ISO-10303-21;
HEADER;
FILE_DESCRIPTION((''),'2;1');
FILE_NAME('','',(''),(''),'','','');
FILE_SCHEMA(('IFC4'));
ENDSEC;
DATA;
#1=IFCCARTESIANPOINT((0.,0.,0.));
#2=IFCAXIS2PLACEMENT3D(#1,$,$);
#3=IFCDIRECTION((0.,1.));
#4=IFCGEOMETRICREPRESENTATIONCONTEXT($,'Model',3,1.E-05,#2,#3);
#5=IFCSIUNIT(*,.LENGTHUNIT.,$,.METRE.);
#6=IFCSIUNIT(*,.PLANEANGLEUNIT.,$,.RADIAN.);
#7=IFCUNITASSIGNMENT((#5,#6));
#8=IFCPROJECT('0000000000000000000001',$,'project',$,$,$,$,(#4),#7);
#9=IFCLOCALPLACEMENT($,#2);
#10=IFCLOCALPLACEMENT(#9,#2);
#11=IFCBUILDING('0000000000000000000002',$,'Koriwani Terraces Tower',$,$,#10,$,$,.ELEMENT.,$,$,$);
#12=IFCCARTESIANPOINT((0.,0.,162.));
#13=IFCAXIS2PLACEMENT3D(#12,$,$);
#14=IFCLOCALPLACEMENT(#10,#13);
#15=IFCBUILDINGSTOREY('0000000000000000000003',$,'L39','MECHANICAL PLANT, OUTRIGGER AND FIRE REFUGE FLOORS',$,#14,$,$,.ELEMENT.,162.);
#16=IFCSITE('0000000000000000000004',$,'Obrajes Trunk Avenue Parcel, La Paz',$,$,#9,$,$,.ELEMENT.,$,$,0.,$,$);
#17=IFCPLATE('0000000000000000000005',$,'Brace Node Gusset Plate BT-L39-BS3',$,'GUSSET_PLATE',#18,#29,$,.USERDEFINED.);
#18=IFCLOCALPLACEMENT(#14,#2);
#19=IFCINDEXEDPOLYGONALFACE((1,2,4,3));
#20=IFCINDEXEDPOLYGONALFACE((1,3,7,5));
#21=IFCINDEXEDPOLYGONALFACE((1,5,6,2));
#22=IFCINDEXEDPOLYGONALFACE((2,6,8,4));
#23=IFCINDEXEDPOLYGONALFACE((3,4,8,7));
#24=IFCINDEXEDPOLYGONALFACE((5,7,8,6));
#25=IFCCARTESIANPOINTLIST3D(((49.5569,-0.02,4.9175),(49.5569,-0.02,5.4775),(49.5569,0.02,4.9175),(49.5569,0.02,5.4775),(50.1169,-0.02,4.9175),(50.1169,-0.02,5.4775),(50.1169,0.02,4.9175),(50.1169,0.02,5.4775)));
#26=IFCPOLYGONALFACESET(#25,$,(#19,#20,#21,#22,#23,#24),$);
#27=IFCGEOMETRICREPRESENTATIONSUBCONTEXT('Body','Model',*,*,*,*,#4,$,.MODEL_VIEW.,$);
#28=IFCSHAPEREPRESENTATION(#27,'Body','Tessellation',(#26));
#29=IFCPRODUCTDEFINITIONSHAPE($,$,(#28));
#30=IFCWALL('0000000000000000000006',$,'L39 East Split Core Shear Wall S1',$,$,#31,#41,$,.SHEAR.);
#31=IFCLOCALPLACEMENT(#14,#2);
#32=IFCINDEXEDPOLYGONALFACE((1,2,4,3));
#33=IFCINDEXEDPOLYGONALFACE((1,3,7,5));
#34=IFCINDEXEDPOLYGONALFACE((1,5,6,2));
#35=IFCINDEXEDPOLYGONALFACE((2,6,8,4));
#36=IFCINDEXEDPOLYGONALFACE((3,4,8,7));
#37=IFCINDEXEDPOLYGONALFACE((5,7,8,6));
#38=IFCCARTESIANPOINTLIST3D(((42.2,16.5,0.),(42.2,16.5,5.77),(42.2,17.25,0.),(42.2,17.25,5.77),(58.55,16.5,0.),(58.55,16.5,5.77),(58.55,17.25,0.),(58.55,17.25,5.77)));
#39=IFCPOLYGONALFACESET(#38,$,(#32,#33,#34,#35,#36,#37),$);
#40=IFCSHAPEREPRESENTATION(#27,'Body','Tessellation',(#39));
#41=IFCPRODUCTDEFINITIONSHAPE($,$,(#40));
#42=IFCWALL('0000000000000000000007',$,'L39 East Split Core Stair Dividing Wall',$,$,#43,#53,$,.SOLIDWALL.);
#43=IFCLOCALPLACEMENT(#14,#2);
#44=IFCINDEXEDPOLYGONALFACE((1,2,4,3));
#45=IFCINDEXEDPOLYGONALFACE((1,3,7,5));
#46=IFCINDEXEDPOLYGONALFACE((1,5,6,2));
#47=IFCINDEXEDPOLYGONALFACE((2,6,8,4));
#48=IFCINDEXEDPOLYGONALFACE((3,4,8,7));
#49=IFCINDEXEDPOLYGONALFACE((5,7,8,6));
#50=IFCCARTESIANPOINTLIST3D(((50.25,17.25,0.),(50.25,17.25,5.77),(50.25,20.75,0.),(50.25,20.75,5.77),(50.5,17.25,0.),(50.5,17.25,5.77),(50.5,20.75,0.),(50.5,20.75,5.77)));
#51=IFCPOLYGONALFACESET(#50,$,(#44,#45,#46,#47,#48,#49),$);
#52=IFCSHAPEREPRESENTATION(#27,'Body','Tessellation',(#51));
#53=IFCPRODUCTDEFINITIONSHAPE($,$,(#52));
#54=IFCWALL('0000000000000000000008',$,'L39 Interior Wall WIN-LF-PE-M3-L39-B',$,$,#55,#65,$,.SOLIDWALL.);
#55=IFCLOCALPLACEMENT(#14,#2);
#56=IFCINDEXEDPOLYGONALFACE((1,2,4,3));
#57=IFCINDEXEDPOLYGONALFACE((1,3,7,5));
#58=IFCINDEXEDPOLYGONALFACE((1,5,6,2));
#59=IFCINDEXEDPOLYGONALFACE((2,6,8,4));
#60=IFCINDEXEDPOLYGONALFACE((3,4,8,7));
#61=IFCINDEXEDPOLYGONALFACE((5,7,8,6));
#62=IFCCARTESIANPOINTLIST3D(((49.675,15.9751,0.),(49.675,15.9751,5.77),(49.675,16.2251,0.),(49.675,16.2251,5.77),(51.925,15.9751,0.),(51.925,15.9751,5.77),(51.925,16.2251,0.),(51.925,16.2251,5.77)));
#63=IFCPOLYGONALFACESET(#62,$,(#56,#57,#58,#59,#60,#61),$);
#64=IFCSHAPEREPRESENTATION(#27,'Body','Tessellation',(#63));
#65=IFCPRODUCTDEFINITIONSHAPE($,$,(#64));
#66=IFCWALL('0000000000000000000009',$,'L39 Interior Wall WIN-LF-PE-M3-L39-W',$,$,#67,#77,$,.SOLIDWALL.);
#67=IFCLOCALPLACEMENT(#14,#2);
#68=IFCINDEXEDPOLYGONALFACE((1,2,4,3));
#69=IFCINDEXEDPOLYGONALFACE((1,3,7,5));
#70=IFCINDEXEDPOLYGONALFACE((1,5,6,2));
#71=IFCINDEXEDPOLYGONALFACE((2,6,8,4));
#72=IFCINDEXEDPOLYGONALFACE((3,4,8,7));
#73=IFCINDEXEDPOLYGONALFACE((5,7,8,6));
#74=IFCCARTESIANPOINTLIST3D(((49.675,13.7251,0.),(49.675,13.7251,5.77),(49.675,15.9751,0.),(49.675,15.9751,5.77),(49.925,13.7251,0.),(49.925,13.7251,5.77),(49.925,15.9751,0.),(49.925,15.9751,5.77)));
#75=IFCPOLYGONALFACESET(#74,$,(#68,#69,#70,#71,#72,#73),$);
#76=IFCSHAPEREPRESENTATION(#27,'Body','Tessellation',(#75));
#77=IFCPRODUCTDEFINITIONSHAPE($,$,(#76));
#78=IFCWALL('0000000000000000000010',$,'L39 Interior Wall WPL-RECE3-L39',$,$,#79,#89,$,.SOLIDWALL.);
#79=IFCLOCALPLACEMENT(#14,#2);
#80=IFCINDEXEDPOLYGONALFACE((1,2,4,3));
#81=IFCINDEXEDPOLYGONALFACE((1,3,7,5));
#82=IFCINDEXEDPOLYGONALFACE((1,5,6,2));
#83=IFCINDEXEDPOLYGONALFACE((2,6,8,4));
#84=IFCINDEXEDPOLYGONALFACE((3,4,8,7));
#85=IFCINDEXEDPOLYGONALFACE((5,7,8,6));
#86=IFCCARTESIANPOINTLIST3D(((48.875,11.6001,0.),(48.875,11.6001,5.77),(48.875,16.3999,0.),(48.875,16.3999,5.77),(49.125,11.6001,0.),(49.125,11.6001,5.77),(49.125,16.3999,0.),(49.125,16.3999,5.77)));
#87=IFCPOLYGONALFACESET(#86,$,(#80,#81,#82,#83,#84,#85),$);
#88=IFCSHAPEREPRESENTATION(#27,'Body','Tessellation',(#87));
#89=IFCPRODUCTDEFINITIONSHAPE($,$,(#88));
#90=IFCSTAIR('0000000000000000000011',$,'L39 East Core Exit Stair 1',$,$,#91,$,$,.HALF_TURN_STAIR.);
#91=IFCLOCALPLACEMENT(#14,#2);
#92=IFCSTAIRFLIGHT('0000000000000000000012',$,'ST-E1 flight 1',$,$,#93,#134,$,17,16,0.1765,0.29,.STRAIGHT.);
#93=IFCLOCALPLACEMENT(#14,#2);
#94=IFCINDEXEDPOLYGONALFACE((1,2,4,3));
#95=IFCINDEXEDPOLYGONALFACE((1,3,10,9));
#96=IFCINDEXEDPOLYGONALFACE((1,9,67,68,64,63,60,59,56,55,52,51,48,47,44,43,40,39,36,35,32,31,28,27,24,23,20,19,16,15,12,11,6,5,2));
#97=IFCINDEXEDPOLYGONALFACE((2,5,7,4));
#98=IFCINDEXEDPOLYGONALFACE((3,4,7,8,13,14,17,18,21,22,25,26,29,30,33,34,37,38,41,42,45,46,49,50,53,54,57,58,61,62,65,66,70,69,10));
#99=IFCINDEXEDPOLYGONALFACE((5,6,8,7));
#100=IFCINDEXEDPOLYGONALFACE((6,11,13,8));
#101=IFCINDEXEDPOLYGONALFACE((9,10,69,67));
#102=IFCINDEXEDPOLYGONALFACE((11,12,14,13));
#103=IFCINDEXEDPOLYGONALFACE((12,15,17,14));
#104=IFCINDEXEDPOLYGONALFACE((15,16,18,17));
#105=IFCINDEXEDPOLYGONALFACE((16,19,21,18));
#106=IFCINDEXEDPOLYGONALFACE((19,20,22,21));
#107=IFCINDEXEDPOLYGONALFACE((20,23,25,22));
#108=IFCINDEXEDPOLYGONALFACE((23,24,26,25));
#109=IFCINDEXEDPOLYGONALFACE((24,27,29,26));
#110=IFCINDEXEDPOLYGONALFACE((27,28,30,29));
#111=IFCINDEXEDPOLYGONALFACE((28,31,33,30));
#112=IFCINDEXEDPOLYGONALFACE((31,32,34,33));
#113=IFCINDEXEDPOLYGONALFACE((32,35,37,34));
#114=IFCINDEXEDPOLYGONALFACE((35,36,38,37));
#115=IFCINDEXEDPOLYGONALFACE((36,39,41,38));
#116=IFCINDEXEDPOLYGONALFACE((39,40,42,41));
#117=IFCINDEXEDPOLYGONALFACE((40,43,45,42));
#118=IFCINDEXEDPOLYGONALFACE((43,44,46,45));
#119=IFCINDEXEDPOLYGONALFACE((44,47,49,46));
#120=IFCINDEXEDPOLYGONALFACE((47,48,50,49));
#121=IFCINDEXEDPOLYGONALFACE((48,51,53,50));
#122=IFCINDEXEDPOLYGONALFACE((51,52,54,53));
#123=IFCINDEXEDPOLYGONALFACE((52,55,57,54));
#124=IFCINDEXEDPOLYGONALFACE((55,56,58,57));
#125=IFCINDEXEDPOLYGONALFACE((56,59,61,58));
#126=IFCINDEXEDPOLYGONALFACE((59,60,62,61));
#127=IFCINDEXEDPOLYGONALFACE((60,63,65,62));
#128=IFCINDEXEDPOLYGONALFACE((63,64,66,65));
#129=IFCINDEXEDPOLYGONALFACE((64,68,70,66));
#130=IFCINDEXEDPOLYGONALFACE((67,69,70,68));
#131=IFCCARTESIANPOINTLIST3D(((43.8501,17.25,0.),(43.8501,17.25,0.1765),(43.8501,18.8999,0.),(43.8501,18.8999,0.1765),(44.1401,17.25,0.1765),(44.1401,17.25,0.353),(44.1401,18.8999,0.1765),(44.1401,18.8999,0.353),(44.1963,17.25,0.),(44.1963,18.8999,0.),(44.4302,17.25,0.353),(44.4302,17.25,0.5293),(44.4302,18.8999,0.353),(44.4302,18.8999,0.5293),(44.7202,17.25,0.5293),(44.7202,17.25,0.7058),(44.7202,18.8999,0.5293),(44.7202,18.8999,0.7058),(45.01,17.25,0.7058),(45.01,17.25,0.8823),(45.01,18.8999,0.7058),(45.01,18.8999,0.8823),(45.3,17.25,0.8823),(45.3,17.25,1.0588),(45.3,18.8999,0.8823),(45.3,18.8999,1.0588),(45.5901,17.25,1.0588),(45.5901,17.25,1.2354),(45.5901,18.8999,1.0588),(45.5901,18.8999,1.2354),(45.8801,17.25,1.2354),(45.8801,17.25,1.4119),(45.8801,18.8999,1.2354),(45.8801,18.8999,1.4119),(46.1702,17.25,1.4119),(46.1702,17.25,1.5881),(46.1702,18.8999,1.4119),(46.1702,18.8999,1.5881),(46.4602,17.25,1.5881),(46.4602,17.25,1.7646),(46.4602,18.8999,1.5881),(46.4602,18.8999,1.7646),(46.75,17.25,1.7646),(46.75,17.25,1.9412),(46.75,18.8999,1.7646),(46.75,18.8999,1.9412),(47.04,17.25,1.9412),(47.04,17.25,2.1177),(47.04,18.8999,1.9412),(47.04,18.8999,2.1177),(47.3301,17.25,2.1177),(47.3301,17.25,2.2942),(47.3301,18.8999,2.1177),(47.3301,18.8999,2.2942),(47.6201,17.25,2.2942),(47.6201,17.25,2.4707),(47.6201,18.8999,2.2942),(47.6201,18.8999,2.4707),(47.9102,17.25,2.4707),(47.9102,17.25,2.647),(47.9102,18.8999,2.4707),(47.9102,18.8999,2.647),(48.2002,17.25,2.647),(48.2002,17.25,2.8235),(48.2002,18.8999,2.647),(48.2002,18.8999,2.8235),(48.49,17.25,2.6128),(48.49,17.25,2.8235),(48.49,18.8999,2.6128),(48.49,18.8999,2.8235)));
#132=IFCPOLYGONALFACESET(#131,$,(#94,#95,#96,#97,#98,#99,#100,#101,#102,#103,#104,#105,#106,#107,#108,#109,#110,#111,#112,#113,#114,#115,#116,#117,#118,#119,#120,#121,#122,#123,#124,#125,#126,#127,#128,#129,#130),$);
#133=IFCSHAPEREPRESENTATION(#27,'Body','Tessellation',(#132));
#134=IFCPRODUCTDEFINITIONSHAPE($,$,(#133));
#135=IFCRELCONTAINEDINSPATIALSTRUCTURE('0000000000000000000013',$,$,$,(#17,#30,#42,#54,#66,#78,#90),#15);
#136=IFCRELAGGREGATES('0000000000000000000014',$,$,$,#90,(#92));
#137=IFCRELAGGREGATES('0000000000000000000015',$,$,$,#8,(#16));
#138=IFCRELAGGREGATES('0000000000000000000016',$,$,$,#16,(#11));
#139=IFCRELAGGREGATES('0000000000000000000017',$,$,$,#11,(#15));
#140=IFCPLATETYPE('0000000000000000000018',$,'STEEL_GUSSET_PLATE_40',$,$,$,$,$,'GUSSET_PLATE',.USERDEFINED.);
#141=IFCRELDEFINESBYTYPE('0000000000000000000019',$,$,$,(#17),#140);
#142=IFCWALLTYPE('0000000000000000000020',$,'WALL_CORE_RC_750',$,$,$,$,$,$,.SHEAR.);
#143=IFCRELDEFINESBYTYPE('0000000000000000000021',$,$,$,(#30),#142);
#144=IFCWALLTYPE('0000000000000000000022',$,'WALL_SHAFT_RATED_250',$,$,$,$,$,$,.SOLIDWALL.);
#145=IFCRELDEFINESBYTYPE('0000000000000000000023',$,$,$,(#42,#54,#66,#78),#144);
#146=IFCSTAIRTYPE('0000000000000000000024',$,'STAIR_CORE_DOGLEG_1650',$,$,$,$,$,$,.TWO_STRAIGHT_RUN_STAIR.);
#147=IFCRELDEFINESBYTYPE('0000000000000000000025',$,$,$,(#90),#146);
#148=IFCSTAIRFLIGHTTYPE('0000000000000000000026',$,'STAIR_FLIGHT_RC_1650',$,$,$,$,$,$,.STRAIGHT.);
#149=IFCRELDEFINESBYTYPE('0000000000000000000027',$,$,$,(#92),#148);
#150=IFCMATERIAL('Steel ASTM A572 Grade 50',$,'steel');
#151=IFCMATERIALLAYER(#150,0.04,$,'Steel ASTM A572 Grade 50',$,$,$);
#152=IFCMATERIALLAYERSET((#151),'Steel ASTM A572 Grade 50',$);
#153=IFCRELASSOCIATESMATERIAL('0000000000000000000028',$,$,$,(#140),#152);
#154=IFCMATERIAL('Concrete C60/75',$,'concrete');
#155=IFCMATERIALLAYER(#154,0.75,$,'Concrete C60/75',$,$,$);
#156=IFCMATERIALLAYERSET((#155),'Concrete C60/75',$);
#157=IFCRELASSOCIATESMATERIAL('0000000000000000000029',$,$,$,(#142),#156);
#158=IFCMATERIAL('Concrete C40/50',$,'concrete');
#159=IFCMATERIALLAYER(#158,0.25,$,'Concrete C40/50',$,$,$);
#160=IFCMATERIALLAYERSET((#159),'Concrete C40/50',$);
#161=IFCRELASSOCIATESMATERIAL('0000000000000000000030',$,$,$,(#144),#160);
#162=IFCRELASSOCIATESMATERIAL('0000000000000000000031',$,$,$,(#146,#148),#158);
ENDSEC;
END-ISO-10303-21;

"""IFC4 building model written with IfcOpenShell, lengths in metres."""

from ifc_helpers import new_model, si_unit, direction, frame, frame_2d, origin, origin_2d, place, context, subcontext, project, spatial, polyline, rectangle, outline, extrude, material, layer, layer_set, type_object, element, aggregate, save


model = new_model("IFC4")

# Units and contexts
model_context = context("Model", 3, precision=1e-05, world=origin(), true_north=direction((0.0, 1.0)))
body_context = subcontext(model_context, "Body", "Model", "MODEL_VIEW")
ifc_project = project(units=[si_unit("LENGTHUNIT", "METRE"), si_unit("PLANEANGLEUNIT", "RADIAN")], contexts=[model_context])

# Site, building, storey
site_placement = place(None, origin())
site = spatial("IfcSite", under=ifc_project, at=site_placement, Name="Obrajes Trunk Avenue Parcel, La Paz", CompositionType="ELEMENT", RefElevation=0.0)
building_placement = place(site_placement, origin())
building = spatial("IfcBuilding", under=site, at=building_placement, Name="Koriwani Terraces Tower", CompositionType="ELEMENT")
storey_placement = place(building_placement, frame((0.0, 0.0, 162.0)))
storey = spatial("IfcBuildingStorey", under=building, at=storey_placement, Name="L39", Description="MECHANICAL PLANT, OUTRIGGER AND FIRE REFUGE FLOORS", CompositionType="ELEMENT", Elevation=162.0)

# Shared definitions
ifc_material_1 = material(Name="Concrete C40/50", Category="concrete")

# Shared definitions
ifc_material_2 = material(Name="Steel ASTM A572 Grade 50", Category="steel")

# Plate
ifc_layer_1 = layer(ifc_material_2, 0.04, Name="Steel ASTM A572 Grade 50")
ifc_layer_set_1 = layer_set([ifc_layer_1], Name="Steel ASTM A572 Grade 50")
plate_type_1 = type_object("IfcPlateType", Name="STEEL_GUSSET_PLATE_40", ElementType="GUSSET_PLATE", PredefinedType="USERDEFINED", material=ifc_layer_set_1)
plate_1_placement = place(storey_placement, frame((49.8369, 0.0, 4.9175), z_axis=(0.0, 0.0, 1.0), x_axis=(1.0, 0.0, 0.0)))
element("IfcPlate", 1, at=plate_1_placement, inside=storey, type_object=plate_type_1, Name="Brace Node Gusset Plate BT-L39-BS3", ObjectType="GUSSET_PLATE", PredefinedType="USERDEFINED", context=body_context, shape_type="SweptSolid", body=[
    extrude(rectangle(XDim=0.5601, YDim=0.04, at=origin_2d()), origin(), (0.0, 0.0, 1.0), 0.5601),
])

# Walls
ifc_material_3 = material(Name="Concrete C60/75", Category="concrete")
ifc_layer_2 = layer(ifc_material_3, 0.75, Name="Concrete C60/75")
ifc_layer_set_2 = layer_set([ifc_layer_2], Name="Concrete C60/75")
wall_type_1 = type_object("IfcWallType", Name="WALL_CORE_RC_750", PredefinedType="SHEAR", material=ifc_layer_set_2)
wall_1_placement = place(storey_placement, frame((42.2, 16.875, 0.0), z_axis=(0.0, 0.0, 1.0), x_axis=(1.0, 0.0, 0.0)))
element("IfcWall", 2, at=wall_1_placement, inside=storey, type_object=wall_type_1, Name="L39 East Split Core Shear Wall S1", PredefinedType="SHEAR", context=body_context, shape_type="SweptSolid", body=[
    extrude(rectangle(XDim=16.3501, YDim=0.75, at=frame_2d((8.175, 0.0))), origin(), (0.0, 0.0, 1.0), 5.77),
])
ifc_layer_3 = layer(ifc_material_1, 0.25, Name="Concrete C40/50")
ifc_layer_set_3 = layer_set([ifc_layer_3], Name="Concrete C40/50")
wall_type_2 = type_object("IfcWallType", Name="WALL_SHAFT_RATED_250", PredefinedType="SOLIDWALL", material=ifc_layer_set_3)
wall_2_placement = place(storey_placement, frame((50.375, 17.25, 0.0), z_axis=(0.0, 0.0, 1.0), x_axis=(0.0, 1.0, 0.0)))
element("IfcWall", 3, at=wall_2_placement, inside=storey, type_object=wall_type_2, Name="L39 East Split Core Stair Dividing Wall", PredefinedType="SOLIDWALL", context=body_context, shape_type="SweptSolid", body=[
    extrude(rectangle(XDim=3.5, YDim=0.25, at=frame_2d((1.75, 0.0))), origin(), (0.0, 0.0, 1.0), 5.77),
])

# Walls
for number, where, z_axis, x_axis, name in (
    (4, (49.675, 16.1001, 0.0), (0.0, 0.0, 1.0), (1.0, 0.0, 0.0), "L39 Interior Wall WIN-LF-PE-M3-L39-B"),
    (5, (49.8, 13.7251, 0.0), (0.0, 0.0, 1.0), (0.0, 1.0, 0.0), "L39 Interior Wall WIN-LF-PE-M3-L39-W"),
):
    element("IfcWall", number, at=place(storey_placement, frame(where, z_axis=z_axis, x_axis=x_axis)), inside=storey, type_object=wall_type_2, Name=name, PredefinedType="SOLIDWALL", context=body_context, shape_type="SweptSolid", body=[
        extrude(rectangle(XDim=2.25, YDim=0.25, at=frame_2d((1.125, 0.0))), origin(), (0.0, 0.0, 1.0), 5.77),
    ])
wall_3_placement = place(storey_placement, frame((49.0, 11.6001, 0.0), z_axis=(0.0, 0.0, 1.0), x_axis=(0.0, 1.0, 0.0)))
element("IfcWall", 6, at=wall_3_placement, inside=storey, type_object=wall_type_2, Name="L39 Interior Wall WPL-RECE3-L39", PredefinedType="SOLIDWALL", context=body_context, shape_type="SweptSolid", body=[
    extrude(rectangle(XDim=4.7998, YDim=0.25, at=frame_2d((2.3999, 0.0))), origin(), (0.0, 0.0, 1.0), 5.77),
])

# Stair, stair flight
stair_type = type_object("IfcStairType", Name="STAIR_CORE_DOGLEG_1650", PredefinedType="TWO_STRAIGHT_RUN_STAIR", material=ifc_material_1)
stair_placement = place(storey_placement, origin())
stair = element("IfcStair", 7, at=stair_placement, inside=storey, type_object=stair_type, Name="L39 East Core Exit Stair 1", PredefinedType="HALF_TURN_STAIR")
stair_flight_type = type_object("IfcStairFlightType", Name="STAIR_FLIGHT_RC_1650", PredefinedType="STRAIGHT", material=ifc_material_1)
stair_flight_placement = place(storey_placement, frame((43.8501, 18.075, 0.0), z_axis=(0.0, 0.0, 1.0), x_axis=(1.0, 0.0, 0.0)))
stair_flight = element("IfcStairFlight", 8, at=stair_flight_placement, type_object=stair_flight_type, Name="ST-E1 flight 1", NumberOfRisers=17, NumberOfTreads=16, PredefinedType="STRAIGHT", RiserHeight=0.1765, TreadLength=0.29, context=body_context, shape_type="SweptSolid", body=[
    extrude(outline(polyline([(0.0, 0.0), (0.0, 0.1765), (0.29, 0.1765), (0.29, 0.353), (0.5801, 0.353), (0.5801, 0.5293), (0.8701, 0.5293), (0.8701, 0.7058), (1.1599, 0.7058), (1.1599, 0.8823), (1.45, 0.8823), (1.45, 1.0588), (1.74, 1.0588), (1.74, 1.2354), (2.03, 1.2354), (2.03, 1.4119), (2.3201, 1.4119), (2.3201, 1.5881), (2.6101, 1.5881), (2.6101, 1.7646), (2.8999, 1.7646), (2.8999, 1.9412), (3.1899, 1.9412), (3.1899, 2.1177), (3.48, 2.1177), (3.48, 2.2942), (3.77, 2.2942), (3.77, 2.4707), (4.0601, 2.4707), (4.0601, 2.647), (4.3501, 2.647), (4.3501, 2.8235), (4.6399, 2.8235), (4.6399, 3.0), (4.6399, 2.6128), (0.3462, 0.0), (0.0, 0.0)])), frame((0.0, 0.825, 0.0), z_axis=(0.0, -1.0, 0.0), x_axis=(1.0, 0.0, 0.0)), (0.0, 0.0, 1.0), 1.6499),
])
aggregate(stair, [stair_flight])

save(model, "model.ifc")
